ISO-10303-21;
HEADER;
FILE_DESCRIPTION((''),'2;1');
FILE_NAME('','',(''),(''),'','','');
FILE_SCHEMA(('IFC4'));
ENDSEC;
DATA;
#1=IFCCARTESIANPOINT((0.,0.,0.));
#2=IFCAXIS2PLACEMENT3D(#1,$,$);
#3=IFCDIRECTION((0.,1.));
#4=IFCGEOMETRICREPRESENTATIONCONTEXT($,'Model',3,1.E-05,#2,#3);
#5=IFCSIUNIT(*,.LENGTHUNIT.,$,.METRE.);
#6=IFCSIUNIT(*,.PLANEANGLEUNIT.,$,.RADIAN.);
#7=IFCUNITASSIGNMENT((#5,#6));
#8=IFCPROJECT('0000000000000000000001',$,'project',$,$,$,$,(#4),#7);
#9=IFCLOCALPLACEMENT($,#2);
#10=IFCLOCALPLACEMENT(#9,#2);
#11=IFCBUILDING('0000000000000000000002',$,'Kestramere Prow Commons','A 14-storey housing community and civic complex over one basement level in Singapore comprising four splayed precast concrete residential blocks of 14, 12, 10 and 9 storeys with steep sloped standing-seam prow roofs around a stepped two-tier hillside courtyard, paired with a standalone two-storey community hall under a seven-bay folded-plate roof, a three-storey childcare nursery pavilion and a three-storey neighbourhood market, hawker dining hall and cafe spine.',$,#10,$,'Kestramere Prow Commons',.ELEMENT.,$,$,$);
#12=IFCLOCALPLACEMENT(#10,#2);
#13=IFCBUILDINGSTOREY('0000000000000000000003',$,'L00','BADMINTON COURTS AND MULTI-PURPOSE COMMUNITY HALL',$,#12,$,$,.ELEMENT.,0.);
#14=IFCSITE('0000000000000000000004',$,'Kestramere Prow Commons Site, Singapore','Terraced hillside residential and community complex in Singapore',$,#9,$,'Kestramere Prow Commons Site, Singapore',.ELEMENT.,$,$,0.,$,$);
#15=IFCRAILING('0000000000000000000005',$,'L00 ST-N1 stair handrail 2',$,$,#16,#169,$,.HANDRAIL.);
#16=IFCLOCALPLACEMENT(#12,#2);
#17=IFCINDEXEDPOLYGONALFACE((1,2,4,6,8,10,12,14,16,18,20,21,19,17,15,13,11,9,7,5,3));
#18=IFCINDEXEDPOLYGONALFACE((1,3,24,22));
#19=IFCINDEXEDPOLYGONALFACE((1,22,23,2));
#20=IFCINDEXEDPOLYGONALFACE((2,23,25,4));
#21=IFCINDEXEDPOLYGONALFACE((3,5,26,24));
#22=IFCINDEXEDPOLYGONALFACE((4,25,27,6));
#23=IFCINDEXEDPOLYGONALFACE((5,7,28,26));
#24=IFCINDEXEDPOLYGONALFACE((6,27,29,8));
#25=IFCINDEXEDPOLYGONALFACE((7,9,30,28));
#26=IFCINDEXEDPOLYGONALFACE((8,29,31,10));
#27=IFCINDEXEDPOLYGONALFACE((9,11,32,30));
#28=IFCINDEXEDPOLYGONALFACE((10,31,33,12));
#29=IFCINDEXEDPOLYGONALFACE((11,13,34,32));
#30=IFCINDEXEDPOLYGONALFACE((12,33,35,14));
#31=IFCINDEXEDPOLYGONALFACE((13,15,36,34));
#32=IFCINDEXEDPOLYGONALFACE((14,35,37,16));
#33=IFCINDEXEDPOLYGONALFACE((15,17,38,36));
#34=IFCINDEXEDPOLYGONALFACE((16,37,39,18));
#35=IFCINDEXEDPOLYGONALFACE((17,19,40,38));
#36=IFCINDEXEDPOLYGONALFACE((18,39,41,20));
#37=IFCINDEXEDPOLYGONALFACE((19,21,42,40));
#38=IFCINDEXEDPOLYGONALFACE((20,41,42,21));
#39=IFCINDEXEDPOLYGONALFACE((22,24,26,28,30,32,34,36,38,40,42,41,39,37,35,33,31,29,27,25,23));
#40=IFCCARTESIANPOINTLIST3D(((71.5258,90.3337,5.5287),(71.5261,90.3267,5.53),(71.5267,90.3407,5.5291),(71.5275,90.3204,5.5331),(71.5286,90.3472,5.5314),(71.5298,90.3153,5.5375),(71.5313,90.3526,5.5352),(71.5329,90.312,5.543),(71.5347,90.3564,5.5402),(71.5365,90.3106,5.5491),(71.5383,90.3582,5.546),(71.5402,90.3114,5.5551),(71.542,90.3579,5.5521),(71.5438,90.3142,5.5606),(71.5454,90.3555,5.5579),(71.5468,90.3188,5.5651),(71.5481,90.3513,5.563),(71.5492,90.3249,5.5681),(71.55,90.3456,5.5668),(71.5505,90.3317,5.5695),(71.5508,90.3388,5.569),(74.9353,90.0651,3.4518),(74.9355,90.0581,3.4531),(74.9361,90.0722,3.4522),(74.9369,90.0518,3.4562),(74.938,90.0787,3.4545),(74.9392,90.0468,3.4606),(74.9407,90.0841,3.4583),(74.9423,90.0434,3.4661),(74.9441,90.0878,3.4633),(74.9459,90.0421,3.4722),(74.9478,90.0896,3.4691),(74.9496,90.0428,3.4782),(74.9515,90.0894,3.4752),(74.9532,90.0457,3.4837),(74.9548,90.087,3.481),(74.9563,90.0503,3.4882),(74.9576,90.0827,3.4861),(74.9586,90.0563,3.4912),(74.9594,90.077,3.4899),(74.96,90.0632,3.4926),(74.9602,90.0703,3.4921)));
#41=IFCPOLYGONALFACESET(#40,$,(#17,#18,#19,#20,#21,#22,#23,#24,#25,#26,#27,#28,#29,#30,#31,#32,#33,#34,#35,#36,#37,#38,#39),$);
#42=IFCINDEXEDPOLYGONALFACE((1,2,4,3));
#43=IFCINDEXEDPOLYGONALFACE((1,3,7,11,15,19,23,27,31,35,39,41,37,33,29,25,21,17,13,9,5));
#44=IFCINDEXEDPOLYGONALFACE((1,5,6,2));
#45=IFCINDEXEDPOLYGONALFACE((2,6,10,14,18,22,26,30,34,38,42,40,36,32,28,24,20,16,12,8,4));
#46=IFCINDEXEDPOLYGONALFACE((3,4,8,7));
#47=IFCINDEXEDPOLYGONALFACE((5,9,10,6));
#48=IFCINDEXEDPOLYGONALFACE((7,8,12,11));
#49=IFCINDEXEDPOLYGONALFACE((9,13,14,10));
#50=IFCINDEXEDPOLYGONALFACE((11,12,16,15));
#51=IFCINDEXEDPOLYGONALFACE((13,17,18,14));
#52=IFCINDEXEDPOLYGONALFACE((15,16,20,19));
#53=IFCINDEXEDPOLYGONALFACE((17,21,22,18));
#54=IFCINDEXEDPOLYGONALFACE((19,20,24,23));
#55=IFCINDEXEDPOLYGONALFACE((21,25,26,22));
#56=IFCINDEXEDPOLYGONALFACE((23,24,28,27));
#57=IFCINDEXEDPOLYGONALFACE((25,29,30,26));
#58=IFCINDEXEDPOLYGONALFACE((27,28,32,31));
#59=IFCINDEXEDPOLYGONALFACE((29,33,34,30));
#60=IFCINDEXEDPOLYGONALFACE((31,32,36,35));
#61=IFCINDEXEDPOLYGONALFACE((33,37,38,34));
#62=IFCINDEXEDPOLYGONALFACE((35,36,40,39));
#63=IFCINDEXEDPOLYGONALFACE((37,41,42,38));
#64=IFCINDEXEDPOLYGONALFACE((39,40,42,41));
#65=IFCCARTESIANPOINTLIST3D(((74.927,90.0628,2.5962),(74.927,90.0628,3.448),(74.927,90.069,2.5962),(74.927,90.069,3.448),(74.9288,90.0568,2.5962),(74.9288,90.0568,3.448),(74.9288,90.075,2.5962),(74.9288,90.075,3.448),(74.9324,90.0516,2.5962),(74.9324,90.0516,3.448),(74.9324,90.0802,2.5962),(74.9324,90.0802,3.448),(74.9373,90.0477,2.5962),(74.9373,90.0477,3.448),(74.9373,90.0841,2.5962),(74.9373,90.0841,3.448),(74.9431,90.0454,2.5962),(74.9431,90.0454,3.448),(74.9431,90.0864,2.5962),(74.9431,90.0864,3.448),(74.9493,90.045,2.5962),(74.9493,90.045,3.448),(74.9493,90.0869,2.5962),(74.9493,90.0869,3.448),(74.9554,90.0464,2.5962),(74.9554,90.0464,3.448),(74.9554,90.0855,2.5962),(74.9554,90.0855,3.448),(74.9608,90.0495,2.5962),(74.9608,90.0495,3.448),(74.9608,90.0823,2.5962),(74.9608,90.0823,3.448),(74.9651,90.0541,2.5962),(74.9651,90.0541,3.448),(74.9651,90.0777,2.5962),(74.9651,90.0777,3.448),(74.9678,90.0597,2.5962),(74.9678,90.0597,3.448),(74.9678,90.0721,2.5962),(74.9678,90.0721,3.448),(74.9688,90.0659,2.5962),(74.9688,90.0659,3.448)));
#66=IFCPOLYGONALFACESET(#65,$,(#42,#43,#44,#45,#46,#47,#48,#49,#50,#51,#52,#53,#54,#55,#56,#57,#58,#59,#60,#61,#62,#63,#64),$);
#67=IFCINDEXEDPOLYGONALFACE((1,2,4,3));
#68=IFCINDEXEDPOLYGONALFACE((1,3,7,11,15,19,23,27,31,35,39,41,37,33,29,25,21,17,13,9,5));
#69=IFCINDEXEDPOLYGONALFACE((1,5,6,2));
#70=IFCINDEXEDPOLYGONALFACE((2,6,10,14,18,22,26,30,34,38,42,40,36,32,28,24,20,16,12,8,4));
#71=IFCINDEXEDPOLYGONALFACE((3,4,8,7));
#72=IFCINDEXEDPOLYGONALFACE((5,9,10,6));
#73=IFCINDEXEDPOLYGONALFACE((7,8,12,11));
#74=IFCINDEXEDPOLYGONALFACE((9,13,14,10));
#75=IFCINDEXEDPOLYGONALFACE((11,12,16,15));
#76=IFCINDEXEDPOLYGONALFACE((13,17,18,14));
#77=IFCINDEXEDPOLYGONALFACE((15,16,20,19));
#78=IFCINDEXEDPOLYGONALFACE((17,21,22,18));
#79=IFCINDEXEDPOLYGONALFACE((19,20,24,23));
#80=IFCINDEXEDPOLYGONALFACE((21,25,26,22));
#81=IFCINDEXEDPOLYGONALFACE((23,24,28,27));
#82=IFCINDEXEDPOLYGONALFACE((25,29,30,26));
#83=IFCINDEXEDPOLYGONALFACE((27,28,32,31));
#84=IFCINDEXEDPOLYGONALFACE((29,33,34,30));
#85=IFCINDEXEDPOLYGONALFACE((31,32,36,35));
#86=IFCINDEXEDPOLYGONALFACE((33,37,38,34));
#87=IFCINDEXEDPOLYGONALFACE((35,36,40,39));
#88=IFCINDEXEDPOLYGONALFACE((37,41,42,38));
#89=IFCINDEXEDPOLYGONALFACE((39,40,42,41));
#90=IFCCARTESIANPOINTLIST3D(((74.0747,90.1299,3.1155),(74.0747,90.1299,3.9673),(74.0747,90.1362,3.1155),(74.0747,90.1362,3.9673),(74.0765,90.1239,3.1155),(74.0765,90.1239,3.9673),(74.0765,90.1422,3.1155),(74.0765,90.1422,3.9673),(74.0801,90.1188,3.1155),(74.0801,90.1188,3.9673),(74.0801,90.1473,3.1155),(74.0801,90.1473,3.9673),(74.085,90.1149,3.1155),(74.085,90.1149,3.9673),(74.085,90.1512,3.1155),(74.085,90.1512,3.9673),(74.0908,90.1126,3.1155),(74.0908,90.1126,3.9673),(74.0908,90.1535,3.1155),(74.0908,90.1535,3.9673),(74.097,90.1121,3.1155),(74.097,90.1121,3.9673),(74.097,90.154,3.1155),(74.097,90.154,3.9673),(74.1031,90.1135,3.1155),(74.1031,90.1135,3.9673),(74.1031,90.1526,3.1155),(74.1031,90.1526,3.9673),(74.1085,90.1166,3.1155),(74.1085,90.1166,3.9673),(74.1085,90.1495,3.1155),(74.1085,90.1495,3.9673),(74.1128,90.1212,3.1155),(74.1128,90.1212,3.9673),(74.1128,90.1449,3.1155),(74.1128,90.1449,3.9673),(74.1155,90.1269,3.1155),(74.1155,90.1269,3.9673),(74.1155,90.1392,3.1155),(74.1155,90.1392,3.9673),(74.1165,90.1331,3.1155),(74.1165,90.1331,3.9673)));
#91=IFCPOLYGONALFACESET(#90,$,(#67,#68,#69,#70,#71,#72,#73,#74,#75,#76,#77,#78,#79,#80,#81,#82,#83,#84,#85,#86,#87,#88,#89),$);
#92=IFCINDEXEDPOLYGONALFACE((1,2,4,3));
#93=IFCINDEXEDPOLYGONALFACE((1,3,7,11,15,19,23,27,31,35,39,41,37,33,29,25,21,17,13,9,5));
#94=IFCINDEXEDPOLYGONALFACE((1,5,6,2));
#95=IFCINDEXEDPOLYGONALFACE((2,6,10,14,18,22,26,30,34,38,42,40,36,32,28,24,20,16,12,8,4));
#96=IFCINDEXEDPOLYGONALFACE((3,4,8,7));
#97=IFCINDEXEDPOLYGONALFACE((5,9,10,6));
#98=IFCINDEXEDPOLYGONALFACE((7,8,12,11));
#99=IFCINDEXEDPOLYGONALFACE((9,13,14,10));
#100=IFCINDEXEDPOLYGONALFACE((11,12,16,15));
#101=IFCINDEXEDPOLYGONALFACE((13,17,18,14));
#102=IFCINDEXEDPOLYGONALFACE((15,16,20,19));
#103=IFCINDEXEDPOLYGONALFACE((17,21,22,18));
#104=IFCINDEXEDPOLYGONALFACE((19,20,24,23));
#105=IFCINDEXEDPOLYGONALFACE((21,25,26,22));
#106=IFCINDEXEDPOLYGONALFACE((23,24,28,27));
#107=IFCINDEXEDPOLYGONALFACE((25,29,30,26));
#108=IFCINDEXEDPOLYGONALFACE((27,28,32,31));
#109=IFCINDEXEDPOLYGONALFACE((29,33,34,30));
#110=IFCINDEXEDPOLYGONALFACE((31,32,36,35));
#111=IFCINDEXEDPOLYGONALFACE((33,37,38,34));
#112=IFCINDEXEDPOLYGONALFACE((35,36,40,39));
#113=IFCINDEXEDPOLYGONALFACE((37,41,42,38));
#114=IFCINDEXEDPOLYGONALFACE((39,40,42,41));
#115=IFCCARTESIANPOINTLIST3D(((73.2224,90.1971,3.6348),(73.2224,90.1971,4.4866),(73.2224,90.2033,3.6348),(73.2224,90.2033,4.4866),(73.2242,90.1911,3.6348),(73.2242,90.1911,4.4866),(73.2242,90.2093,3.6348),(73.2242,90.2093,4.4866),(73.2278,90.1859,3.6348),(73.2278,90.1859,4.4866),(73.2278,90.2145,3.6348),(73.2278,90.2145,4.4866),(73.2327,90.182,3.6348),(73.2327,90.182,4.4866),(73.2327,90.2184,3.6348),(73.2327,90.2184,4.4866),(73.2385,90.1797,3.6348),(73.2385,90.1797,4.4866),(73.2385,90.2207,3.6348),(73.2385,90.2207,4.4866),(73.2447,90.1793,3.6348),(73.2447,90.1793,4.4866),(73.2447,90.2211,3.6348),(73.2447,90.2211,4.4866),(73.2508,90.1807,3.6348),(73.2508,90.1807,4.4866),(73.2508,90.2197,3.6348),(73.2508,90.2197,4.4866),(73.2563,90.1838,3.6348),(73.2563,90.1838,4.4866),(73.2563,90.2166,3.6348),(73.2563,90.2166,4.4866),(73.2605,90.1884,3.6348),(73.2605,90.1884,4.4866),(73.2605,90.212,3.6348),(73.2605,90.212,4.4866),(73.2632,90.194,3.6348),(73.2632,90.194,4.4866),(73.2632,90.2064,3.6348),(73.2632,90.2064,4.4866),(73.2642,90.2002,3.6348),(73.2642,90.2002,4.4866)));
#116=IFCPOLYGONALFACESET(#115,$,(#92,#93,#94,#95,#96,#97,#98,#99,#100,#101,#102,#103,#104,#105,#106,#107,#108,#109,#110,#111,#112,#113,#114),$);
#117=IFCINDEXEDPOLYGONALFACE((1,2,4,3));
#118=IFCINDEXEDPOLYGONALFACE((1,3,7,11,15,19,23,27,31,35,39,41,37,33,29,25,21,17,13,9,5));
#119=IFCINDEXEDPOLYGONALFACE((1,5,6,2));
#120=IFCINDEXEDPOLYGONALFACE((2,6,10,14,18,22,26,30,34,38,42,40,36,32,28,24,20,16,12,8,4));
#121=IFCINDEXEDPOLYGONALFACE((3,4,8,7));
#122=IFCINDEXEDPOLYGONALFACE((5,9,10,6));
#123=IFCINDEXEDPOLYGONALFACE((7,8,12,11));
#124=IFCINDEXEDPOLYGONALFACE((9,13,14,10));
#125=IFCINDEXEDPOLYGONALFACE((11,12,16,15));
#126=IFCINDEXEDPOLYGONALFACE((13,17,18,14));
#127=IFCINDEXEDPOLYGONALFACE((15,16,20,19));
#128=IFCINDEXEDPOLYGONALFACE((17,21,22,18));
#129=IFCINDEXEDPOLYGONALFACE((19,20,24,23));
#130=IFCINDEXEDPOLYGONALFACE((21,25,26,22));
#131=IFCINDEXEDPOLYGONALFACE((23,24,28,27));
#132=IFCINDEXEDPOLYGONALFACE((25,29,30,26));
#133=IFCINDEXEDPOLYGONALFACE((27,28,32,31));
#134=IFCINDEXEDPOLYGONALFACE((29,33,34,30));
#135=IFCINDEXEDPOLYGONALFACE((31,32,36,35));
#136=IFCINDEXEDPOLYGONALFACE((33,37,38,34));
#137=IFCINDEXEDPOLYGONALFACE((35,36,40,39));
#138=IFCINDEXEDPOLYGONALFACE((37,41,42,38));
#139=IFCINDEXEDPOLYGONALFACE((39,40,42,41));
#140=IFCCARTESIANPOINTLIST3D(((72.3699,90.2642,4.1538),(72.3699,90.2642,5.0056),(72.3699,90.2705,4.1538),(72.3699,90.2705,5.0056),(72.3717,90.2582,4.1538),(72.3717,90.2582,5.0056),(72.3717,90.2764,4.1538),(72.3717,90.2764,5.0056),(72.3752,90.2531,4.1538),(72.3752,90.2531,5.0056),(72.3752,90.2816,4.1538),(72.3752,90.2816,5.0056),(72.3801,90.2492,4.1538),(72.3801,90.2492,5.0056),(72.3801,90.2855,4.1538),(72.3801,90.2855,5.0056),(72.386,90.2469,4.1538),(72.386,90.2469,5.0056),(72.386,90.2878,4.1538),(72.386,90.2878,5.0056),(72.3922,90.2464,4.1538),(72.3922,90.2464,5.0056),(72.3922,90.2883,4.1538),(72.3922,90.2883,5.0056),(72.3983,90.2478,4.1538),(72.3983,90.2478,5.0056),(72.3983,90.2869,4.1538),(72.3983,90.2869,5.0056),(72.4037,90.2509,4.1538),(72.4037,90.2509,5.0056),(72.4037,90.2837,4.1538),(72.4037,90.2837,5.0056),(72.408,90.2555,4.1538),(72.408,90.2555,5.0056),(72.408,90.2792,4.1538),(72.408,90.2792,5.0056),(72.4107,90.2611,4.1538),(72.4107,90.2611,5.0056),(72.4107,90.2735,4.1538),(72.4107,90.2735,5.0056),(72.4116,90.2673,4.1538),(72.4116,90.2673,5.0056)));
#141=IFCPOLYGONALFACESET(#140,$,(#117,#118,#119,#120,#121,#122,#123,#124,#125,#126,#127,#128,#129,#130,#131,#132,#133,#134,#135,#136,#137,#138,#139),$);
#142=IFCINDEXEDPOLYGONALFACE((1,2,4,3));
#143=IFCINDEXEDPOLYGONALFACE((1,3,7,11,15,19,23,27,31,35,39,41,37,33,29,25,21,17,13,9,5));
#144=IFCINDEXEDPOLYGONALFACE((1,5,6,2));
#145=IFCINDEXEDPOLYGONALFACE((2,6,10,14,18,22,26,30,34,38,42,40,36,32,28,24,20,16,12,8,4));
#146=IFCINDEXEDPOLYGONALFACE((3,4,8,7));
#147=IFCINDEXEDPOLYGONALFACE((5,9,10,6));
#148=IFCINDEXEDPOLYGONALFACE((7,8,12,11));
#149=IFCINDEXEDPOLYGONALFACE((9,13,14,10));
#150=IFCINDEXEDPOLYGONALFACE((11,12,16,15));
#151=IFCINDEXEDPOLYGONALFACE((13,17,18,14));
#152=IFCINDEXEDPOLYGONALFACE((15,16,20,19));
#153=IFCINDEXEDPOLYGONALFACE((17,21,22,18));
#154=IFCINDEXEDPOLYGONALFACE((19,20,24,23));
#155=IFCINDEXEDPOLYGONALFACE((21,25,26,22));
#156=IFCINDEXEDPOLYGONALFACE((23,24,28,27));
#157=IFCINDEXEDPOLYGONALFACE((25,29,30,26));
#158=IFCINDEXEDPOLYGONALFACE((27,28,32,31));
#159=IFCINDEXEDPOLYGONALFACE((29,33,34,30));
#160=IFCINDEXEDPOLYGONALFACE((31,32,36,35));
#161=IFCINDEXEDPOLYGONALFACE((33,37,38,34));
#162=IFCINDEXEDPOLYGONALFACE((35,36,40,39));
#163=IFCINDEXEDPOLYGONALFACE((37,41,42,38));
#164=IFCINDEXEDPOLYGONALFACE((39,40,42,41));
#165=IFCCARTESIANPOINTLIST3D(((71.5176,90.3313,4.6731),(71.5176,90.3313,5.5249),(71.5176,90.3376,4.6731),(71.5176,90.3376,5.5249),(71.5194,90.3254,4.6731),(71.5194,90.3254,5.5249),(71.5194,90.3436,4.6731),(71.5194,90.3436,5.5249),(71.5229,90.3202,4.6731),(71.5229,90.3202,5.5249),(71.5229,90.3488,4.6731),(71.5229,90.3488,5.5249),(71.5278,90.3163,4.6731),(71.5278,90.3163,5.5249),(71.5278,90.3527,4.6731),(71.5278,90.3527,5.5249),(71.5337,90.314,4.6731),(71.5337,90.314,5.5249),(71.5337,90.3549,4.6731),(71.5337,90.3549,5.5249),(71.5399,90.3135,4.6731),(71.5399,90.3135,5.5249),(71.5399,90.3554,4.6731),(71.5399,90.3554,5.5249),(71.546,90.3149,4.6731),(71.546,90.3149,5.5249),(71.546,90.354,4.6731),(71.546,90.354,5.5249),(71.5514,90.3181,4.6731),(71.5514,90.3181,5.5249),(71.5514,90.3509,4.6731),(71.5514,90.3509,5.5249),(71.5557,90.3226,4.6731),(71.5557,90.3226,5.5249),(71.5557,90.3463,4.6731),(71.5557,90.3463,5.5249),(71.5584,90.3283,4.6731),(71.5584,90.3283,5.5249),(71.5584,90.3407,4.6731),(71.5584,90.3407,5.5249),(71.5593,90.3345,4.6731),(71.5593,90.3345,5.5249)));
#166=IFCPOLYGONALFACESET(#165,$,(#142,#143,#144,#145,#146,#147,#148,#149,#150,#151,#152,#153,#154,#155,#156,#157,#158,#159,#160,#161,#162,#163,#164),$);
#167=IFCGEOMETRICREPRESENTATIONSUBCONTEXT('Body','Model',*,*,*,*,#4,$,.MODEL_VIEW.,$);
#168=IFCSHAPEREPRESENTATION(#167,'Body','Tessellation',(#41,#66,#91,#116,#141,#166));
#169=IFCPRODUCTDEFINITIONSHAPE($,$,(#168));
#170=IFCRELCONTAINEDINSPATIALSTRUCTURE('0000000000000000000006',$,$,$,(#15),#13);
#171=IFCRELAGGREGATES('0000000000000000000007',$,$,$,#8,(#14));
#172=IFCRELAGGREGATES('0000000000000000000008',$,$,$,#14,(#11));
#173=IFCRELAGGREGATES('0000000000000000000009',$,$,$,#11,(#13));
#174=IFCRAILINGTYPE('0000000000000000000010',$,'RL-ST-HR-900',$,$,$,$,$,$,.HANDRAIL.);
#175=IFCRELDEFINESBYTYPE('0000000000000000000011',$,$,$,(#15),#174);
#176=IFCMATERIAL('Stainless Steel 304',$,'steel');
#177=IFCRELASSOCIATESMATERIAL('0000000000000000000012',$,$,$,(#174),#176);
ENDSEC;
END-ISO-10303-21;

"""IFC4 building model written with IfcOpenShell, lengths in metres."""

from ifc_helpers import new_model, si_unit, direction, frame, origin, origin_2d, place, context, subcontext, project, spatial, circle, extrude, material, type_object, element, save


model = new_model("IFC4")

# Units and contexts
model_context = context("Model", 3, precision=1e-05, world=origin(), true_north=direction((0.0, 1.0)))
body_context = subcontext(model_context, "Body", "Model", "MODEL_VIEW")
ifc_project = project(units=[si_unit("LENGTHUNIT", "METRE"), si_unit("PLANEANGLEUNIT", "RADIAN")], contexts=[model_context])

# Site, building, storey
site_placement = place(None, origin())
site = spatial("IfcSite", under=ifc_project, at=site_placement, Name="Kestramere Prow Commons Site, Singapore", Description="Terraced hillside residential and community complex in Singapore", LongName="Kestramere Prow Commons Site, Singapore", CompositionType="ELEMENT", RefElevation=0.0)
building_placement = place(site_placement, origin())
building = spatial("IfcBuilding", under=site, at=building_placement, Name="Kestramere Prow Commons", Description="A 14-storey housing community and civic complex over one basement level in Singapore comprising four splayed precast concrete residential blocks of 14, 12, 10 and 9 storeys with steep sloped standing-seam prow roofs around a stepped two-tier hillside courtyard, paired with a standalone two-storey community hall under a seven-bay folded-plate roof, a three-storey childcare nursery pavilion and a three-storey neighbourhood market, hawker dining hall and cafe spine.", LongName="Kestramere Prow Commons", CompositionType="ELEMENT")
storey_placement = place(building_placement, origin())
storey = spatial("IfcBuildingStorey", under=building, at=storey_placement, Name="L00", Description="BADMINTON COURTS AND MULTI-PURPOSE COMMUNITY HALL", CompositionType="ELEMENT", Elevation=0.0)

# Railing
ifc_material_1 = material(Name="Stainless Steel 304", Category="steel")
railing_type = type_object("IfcRailingType", Name="RL-ST-HR-900", PredefinedType="HANDRAIL", material=ifc_material_1)
railing_placement = place(storey_placement, frame((74.9478, 90.0659, 2.5962)))
element("IfcRailing", 1, at=railing_placement, inside=storey, type_object=railing_type, Name="L00 ST-N1 stair handrail 2", PredefinedType="HANDRAIL", context=body_context, shape_type="SweptSolid", body=[
    extrude(circle(Radius=0.0239, at=origin_2d()), frame((0.0, 0.0, 0.876), z_axis=(-0.852094, 0.067118, 0.519067), x_axis=(-0.078525, -0.996912, 0.0)), (0.0, 0.0, 1.0), 4.0012),
    extrude(circle(Radius=0.021, at=origin_2d()), origin(), (0.0, 0.0, 1.0), 0.8518),
    extrude(circle(Radius=0.021, at=origin_2d()), frame((-0.8523, 0.0671, 0.5193)), (0.0, 0.0, 1.0), 0.8518),
    extrude(circle(Radius=0.021, at=origin_2d()), frame((-1.7046, 0.1343, 1.0386)), (0.0, 0.0, 1.0), 0.8518),
    extrude(circle(Radius=0.021, at=origin_2d()), frame((-2.5571, 0.2014, 1.5576)), (0.0, 0.0, 1.0), 0.8518),
    extrude(circle(Radius=0.021, at=origin_2d()), frame((-3.4094, 0.2686, 2.0769)), (0.0, 0.0, 1.0), 0.8518),
])

save(model, "model.ifc")
